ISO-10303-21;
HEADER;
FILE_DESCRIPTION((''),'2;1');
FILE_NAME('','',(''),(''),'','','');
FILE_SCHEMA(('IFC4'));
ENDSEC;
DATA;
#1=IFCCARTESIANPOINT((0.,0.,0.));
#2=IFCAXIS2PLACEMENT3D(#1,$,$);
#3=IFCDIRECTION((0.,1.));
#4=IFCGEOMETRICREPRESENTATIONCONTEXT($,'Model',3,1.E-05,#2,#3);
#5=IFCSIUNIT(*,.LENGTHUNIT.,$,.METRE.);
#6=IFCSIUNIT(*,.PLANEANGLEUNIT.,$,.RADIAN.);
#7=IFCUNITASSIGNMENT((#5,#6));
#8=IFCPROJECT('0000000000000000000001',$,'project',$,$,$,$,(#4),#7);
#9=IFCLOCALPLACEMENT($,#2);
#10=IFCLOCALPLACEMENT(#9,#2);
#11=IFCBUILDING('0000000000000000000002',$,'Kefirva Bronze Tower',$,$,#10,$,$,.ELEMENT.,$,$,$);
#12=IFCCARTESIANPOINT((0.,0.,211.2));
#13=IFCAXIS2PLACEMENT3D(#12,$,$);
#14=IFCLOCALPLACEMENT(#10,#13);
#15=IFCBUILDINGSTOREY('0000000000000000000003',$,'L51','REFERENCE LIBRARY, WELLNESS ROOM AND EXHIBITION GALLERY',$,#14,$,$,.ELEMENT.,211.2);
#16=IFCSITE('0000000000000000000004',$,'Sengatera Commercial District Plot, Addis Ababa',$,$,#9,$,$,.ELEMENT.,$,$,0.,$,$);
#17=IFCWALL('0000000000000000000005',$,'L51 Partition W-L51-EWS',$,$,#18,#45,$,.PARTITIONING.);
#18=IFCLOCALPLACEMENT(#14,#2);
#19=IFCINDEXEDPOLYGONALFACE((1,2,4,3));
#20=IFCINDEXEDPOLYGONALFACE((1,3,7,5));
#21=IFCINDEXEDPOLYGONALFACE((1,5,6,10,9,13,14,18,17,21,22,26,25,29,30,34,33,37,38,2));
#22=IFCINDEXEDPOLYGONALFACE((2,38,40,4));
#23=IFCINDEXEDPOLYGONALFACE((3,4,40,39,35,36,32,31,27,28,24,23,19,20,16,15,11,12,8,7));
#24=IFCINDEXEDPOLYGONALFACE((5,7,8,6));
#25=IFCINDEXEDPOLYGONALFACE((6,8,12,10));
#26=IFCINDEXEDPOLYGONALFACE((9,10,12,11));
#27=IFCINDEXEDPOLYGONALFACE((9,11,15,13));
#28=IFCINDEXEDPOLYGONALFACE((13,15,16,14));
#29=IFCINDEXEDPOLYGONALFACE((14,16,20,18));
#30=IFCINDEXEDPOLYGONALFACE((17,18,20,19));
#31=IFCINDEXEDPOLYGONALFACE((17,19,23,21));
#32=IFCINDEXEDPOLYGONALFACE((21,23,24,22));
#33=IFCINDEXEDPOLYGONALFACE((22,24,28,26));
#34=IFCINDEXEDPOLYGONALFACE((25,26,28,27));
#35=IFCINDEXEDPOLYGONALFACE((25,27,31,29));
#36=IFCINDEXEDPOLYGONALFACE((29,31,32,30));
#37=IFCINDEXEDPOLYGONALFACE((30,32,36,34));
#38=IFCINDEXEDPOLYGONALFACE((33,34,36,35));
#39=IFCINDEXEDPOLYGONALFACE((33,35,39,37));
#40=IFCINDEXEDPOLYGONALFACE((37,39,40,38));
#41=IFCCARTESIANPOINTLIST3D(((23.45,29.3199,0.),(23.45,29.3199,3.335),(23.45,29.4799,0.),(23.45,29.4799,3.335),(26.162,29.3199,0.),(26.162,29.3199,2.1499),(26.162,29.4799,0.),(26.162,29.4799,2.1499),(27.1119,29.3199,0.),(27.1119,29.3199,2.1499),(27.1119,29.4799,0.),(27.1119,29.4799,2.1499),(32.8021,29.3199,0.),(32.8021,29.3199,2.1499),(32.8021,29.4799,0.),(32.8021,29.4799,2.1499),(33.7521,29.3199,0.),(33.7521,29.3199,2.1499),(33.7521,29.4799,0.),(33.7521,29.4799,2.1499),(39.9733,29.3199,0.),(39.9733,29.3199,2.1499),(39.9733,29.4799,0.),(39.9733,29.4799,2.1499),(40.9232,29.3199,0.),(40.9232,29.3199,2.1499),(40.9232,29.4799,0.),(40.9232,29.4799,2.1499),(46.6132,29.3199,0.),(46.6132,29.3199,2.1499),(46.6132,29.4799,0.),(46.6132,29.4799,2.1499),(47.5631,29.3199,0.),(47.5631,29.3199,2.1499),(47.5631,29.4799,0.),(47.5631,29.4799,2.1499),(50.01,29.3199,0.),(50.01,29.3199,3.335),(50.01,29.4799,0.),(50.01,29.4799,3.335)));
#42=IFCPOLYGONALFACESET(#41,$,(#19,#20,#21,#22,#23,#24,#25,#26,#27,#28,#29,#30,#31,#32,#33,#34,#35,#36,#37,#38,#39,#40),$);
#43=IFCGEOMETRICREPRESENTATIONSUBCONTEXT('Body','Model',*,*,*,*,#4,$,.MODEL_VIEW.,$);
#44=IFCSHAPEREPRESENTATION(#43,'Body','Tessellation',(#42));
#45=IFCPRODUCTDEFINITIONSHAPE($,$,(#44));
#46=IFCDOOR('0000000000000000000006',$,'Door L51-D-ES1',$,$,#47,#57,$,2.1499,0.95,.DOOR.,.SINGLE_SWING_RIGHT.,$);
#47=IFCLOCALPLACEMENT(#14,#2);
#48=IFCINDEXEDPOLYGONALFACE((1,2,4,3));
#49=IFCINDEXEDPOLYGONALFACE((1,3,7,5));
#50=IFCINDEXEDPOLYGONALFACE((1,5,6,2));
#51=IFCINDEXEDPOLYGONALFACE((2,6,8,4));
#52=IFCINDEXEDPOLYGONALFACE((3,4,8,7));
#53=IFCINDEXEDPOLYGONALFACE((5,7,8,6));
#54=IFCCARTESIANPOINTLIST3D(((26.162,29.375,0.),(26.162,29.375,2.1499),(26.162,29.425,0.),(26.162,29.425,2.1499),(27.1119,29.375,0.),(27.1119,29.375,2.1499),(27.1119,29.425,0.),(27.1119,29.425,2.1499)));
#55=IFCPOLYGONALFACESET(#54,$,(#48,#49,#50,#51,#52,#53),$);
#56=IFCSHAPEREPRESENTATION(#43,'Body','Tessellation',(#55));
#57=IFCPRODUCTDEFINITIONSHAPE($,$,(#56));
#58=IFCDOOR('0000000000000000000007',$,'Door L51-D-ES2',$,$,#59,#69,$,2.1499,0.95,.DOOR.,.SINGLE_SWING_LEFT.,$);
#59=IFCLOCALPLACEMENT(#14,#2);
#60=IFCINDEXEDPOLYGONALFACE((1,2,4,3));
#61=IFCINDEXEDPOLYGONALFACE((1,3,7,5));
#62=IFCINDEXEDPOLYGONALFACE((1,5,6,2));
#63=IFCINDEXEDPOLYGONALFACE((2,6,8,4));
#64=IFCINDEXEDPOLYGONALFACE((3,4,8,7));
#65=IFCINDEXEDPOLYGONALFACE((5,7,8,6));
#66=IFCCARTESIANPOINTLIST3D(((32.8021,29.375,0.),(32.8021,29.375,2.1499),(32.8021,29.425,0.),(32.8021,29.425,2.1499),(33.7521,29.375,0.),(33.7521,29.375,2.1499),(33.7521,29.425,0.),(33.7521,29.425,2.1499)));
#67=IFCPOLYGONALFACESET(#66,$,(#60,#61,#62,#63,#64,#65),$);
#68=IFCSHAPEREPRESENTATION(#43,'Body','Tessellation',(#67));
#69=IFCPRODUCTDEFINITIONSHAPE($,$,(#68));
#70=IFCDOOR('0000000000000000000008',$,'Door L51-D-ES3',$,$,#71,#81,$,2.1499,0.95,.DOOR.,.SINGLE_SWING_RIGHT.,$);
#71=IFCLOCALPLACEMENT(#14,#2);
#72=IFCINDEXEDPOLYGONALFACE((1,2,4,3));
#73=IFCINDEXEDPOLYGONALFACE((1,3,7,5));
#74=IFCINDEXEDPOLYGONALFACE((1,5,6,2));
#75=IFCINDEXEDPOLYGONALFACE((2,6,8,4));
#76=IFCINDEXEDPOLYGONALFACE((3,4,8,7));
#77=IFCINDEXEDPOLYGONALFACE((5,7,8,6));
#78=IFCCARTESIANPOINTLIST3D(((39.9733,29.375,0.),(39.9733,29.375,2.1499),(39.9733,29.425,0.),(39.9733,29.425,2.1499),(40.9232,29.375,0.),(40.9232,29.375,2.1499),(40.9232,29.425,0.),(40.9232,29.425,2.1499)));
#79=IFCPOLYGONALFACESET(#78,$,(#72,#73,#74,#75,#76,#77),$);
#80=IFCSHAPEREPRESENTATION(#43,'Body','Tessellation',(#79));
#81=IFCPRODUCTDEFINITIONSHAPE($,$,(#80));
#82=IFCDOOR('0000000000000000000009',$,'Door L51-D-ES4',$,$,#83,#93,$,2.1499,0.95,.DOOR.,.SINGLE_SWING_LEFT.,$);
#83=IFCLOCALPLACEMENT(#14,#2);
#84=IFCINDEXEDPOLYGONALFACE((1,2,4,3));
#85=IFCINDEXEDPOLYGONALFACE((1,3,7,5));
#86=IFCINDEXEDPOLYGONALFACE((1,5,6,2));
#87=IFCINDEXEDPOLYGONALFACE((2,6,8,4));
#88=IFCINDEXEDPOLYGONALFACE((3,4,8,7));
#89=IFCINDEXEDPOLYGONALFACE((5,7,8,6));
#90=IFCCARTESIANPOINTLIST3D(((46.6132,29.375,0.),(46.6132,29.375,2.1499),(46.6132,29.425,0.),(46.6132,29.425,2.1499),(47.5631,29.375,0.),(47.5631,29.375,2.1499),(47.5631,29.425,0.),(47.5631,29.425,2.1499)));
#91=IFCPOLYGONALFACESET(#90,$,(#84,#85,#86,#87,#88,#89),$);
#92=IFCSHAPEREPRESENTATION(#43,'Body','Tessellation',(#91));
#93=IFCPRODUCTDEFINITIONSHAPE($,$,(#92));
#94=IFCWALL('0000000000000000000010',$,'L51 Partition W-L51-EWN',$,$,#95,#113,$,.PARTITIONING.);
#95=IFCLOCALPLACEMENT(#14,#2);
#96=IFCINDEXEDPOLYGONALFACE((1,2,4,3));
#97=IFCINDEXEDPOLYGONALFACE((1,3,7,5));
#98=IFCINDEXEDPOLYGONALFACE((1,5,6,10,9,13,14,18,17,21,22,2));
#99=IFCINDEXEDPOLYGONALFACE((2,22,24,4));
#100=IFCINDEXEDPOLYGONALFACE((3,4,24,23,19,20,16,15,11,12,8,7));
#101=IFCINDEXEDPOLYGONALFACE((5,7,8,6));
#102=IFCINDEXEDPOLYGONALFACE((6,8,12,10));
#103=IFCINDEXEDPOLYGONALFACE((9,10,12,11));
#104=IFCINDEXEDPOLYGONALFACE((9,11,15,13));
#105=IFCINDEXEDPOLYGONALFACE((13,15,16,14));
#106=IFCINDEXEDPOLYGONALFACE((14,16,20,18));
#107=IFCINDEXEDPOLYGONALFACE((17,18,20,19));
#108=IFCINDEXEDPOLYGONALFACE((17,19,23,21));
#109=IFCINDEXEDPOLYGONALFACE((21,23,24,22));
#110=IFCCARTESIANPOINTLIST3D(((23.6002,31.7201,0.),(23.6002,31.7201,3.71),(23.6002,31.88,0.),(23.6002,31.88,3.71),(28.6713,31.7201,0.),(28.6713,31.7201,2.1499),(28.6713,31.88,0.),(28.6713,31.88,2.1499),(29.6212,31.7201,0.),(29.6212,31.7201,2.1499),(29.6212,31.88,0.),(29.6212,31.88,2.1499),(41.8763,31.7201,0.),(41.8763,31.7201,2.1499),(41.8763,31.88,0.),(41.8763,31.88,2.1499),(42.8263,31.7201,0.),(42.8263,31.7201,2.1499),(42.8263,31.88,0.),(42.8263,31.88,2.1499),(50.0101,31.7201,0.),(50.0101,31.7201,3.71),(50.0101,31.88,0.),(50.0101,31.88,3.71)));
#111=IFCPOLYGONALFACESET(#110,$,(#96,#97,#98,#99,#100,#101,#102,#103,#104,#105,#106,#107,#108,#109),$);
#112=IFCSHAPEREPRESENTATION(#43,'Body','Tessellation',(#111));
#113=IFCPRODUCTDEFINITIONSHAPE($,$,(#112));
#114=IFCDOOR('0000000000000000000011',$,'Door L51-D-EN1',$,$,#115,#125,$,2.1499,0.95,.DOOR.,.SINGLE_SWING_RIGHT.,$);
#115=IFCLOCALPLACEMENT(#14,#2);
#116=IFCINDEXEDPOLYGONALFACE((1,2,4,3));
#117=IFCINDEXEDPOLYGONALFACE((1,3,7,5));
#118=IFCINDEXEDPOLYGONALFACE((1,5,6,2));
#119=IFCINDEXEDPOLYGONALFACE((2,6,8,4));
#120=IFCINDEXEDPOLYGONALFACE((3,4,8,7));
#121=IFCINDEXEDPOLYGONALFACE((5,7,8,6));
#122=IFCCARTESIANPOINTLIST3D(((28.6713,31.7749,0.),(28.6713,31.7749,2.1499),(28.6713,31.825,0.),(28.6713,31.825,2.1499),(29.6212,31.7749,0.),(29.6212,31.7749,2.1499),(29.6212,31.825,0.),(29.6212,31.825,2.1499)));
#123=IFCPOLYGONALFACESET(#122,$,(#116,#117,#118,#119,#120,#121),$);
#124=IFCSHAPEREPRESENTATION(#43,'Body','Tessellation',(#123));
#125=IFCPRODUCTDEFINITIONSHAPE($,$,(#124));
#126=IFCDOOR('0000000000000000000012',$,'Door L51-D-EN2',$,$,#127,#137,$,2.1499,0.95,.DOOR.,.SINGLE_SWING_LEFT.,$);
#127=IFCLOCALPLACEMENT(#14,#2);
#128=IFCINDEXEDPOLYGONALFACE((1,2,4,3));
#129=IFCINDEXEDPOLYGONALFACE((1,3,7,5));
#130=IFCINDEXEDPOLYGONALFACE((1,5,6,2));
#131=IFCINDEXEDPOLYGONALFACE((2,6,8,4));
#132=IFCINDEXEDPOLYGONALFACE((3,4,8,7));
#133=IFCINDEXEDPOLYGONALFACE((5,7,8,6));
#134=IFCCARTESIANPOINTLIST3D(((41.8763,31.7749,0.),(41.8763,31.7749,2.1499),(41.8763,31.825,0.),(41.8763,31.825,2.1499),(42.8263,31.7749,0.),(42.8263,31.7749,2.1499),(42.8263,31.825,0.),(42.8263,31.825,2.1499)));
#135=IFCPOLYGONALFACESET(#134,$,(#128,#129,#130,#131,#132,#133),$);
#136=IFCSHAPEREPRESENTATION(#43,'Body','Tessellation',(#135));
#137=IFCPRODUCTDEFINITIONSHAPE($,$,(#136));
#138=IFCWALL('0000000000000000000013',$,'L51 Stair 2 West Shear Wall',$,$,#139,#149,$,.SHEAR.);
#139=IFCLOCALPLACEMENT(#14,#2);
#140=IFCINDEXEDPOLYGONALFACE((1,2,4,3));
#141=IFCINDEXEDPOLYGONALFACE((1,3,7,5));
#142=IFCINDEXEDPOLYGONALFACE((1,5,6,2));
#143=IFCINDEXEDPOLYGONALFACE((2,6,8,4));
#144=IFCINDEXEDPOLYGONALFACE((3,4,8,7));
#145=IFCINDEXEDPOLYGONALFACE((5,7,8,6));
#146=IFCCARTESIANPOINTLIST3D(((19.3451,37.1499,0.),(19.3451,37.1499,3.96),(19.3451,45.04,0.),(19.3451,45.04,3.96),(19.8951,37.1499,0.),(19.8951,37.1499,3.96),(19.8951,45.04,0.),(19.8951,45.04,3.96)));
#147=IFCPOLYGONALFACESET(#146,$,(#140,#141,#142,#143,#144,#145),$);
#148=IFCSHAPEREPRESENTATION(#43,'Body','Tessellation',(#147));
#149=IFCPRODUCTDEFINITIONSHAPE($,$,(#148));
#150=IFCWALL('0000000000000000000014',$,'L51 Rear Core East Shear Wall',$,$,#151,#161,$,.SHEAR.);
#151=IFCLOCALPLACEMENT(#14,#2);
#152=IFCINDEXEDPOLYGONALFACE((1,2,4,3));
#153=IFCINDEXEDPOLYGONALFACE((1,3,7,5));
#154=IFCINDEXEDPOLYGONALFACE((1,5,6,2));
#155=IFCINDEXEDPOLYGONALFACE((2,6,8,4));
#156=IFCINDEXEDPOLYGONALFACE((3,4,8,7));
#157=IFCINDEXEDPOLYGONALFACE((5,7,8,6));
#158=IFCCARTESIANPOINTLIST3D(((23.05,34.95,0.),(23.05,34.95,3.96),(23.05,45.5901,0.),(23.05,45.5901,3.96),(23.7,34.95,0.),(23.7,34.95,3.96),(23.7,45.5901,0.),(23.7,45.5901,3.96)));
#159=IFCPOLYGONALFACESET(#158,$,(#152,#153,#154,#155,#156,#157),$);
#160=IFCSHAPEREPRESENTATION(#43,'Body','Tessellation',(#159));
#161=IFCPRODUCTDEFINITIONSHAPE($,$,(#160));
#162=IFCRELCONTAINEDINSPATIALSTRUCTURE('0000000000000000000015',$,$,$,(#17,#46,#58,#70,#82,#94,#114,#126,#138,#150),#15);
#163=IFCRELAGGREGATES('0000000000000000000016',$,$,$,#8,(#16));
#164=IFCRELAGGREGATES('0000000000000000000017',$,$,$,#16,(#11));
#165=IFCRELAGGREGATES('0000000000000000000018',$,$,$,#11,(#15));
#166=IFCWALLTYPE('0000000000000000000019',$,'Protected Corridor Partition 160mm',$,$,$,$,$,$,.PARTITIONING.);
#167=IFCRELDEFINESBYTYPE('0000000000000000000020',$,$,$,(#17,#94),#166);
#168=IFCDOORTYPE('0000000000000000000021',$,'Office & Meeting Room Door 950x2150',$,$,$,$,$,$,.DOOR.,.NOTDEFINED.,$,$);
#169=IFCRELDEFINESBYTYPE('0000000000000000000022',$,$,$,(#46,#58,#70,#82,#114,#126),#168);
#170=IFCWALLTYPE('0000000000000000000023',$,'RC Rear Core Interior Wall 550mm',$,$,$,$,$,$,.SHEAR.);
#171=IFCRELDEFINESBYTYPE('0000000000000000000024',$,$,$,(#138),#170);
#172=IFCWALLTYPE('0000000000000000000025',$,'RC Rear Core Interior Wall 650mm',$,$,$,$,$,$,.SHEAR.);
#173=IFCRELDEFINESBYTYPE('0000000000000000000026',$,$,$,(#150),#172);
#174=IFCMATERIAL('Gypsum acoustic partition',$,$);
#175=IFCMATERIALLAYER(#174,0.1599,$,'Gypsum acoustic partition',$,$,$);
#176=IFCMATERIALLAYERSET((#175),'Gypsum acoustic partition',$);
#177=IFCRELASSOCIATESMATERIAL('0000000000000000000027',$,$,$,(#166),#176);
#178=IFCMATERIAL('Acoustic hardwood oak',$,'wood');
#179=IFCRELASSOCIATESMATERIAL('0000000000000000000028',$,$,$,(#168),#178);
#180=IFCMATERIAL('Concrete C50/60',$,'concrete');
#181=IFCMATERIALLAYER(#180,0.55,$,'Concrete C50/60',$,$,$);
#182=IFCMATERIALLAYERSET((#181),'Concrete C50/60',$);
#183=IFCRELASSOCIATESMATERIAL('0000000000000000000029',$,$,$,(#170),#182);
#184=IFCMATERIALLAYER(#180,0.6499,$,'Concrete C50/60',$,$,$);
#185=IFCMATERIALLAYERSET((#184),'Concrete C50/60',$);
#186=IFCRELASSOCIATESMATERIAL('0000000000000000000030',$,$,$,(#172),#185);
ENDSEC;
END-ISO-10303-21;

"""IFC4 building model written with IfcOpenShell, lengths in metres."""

from ifc_helpers import new_model, si_unit, direction, frame, frame_2d, origin, place, context, subcontext, project, spatial, rectangle, extrude, material, layer, layer_set, type_object, element, fill, save


model = new_model("IFC4")

# Units and contexts
model_context = context("Model", 3, precision=1e-05, world=origin(), true_north=direction((0.0, 1.0)))
body_context = subcontext(model_context, "Body", "Model", "MODEL_VIEW")
ifc_project = project(units=[si_unit("LENGTHUNIT", "METRE"), si_unit("PLANEANGLEUNIT", "RADIAN")], contexts=[model_context])

# Site, building, storey
site_placement = place(None, origin())
site = spatial("IfcSite", under=ifc_project, at=site_placement, Name="Sengatera Commercial District Plot, Addis Ababa", CompositionType="ELEMENT", RefElevation=0.0)
building_placement = place(site_placement, origin())
building = spatial("IfcBuilding", under=site, at=building_placement, Name="Kefirva Bronze Tower", CompositionType="ELEMENT")
storey_placement = place(building_placement, frame((0.0, 0.0, 211.2)))
storey = spatial("IfcBuildingStorey", under=building, at=storey_placement, Name="L51", Description="REFERENCE LIBRARY, WELLNESS ROOM AND EXHIBITION GALLERY", CompositionType="ELEMENT", Elevation=211.2)

# Shared definitions
ifc_material_1 = material(Name="Concrete C50/60", Category="concrete")

# Walls, openings, doors
ifc_material_2 = material(Name="Gypsum acoustic partition")
ifc_layer_1 = layer(ifc_material_2, 0.1599, Name="Gypsum acoustic partition")
ifc_layer_set_1 = layer_set([ifc_layer_1], Name="Gypsum acoustic partition")
wall_type_1 = type_object("IfcWallType", Name="Protected Corridor Partition 160mm", PredefinedType="PARTITIONING", material=ifc_layer_set_1)
wall_1_placement = place(storey_placement, frame((23.45, 29.3999, 0.0), z_axis=(0.0, 0.0, 1.0), x_axis=(1.0, 0.0, 0.0)))
wall_1 = element("IfcWall", 1, at=wall_1_placement, inside=storey, type_object=wall_type_1, Name="L51 Partition W-L51-EWS", PredefinedType="PARTITIONING", context=body_context, shape_type="SweptSolid", body=[
    extrude(rectangle(XDim=26.5601, YDim=0.1599, at=frame_2d((13.28, 0.0))), origin(), (0.0, 0.0, 1.0), 3.335),
])
opening_1_placement = place(wall_1_placement, frame((3.6621, 0.0, 0.0), z_axis=(0.0, 0.0, 1.0), x_axis=(-1.0, 0.0, 0.0)))
opening_1 = element("IfcOpeningElement", 2, at=opening_1_placement, cuts=wall_1, PredefinedType="OPENING", context=body_context, shape_type="SweptSolid", body=[
    extrude(rectangle(XDim=0.95, YDim=2.1499, at=frame_2d((0.4751, 1.075))), frame((0.0, 0.0898, 0.0), z_axis=(0.0, -1.0, 0.0), x_axis=(1.0, 0.0, 0.0)), (0.0, 0.0, 1.0), 0.1799),
])
opening_2_placement = place(wall_1_placement, frame((10.3022, 0.0, 0.0), z_axis=(0.0, 0.0, 1.0), x_axis=(-1.0, 0.0, 0.0)))
opening_2 = element("IfcOpeningElement", 3, at=opening_2_placement, cuts=wall_1, PredefinedType="OPENING", context=body_context, shape_type="SweptSolid", body=[
    extrude(rectangle(XDim=0.95, YDim=2.1499, at=frame_2d((0.4751, 1.075))), frame((0.0, 0.0898, 0.0), z_axis=(0.0, -1.0, 0.0), x_axis=(1.0, 0.0, 0.0)), (0.0, 0.0, 1.0), 0.1799),
])
opening_3_placement = place(wall_1_placement, frame((17.4734, 0.0, 0.0), z_axis=(0.0, 0.0, 1.0), x_axis=(-1.0, 0.0, 0.0)))
opening_3 = element("IfcOpeningElement", 4, at=opening_3_placement, cuts=wall_1, PredefinedType="OPENING", context=body_context, shape_type="SweptSolid", body=[
    extrude(rectangle(XDim=0.95, YDim=2.1499, at=frame_2d((0.4751, 1.075))), frame((0.0, 0.0898, 0.0), z_axis=(0.0, -1.0, 0.0), x_axis=(1.0, 0.0, 0.0)), (0.0, 0.0, 1.0), 0.1799),
])
opening_4_placement = place(wall_1_placement, frame((24.1133, 0.0, 0.0), z_axis=(0.0, 0.0, 1.0), x_axis=(-1.0, 0.0, 0.0)))
opening_4 = element("IfcOpeningElement", 5, at=opening_4_placement, cuts=wall_1, PredefinedType="OPENING", context=body_context, shape_type="SweptSolid", body=[
    extrude(rectangle(XDim=0.95, YDim=2.1499, at=frame_2d((0.4751, 1.075))), frame((0.0, 0.0898, 0.0), z_axis=(0.0, -1.0, 0.0), x_axis=(1.0, 0.0, 0.0)), (0.0, 0.0, 1.0), 0.1799),
])
ifc_material_3 = material(Name="Acoustic hardwood oak", Category="wood")
door_type_1 = type_object("IfcDoorType", Name="Office & Meeting Room Door 950x2150", OperationType="NOTDEFINED", PredefinedType="DOOR", material=ifc_material_3)
door_1_placement = place(opening_1_placement, origin())
door_1 = element("IfcDoor", 6, at=door_1_placement, inside=storey, type_object=door_type_1, Name="Door L51-D-ES1", OperationType="SINGLE_SWING_RIGHT", OverallHeight=2.1499, OverallWidth=0.95, PredefinedType="DOOR", context=body_context, shape_type="SweptSolid", body=[
    extrude(rectangle(XDim=0.95, YDim=2.1499, at=frame_2d((0.4751, 1.075))), frame((0.0, 0.0249, 0.0), z_axis=(0.0, -1.0, 0.0), x_axis=(1.0, 0.0, 0.0)), (0.0, 0.0, 1.0), 0.05),
])
fill(opening_1, door_1)
door_2_placement = place(opening_2_placement, origin())
door_2 = element("IfcDoor", 7, at=door_2_placement, inside=storey, type_object=door_type_1, Name="Door L51-D-ES2", OperationType="SINGLE_SWING_LEFT", OverallHeight=2.1499, OverallWidth=0.95, PredefinedType="DOOR", context=body_context, shape_type="SweptSolid", body=[
    extrude(rectangle(XDim=0.95, YDim=2.1499, at=frame_2d((0.4751, 1.075))), frame((0.0, 0.0249, 0.0), z_axis=(0.0, -1.0, 0.0), x_axis=(1.0, 0.0, 0.0)), (0.0, 0.0, 1.0), 0.05),
])
fill(opening_2, door_2)
door_3_placement = place(opening_3_placement, origin())
door_3 = element("IfcDoor", 8, at=door_3_placement, inside=storey, type_object=door_type_1, Name="Door L51-D-ES3", OperationType="SINGLE_SWING_RIGHT", OverallHeight=2.1499, OverallWidth=0.95, PredefinedType="DOOR", context=body_context, shape_type="SweptSolid", body=[
    extrude(rectangle(XDim=0.95, YDim=2.1499, at=frame_2d((0.4751, 1.075))), frame((0.0, 0.0249, 0.0), z_axis=(0.0, -1.0, 0.0), x_axis=(1.0, 0.0, 0.0)), (0.0, 0.0, 1.0), 0.05),
])
fill(opening_3, door_3)
door_4_placement = place(opening_4_placement, origin())
door_4 = element("IfcDoor", 9, at=door_4_placement, inside=storey, type_object=door_type_1, Name="Door L51-D-ES4", OperationType="SINGLE_SWING_LEFT", OverallHeight=2.1499, OverallWidth=0.95, PredefinedType="DOOR", context=body_context, shape_type="SweptSolid", body=[
    extrude(rectangle(XDim=0.95, YDim=2.1499, at=frame_2d((0.4751, 1.075))), frame((0.0, 0.0249, 0.0), z_axis=(0.0, -1.0, 0.0), x_axis=(1.0, 0.0, 0.0)), (0.0, 0.0, 1.0), 0.05),
])
fill(opening_4, door_4)
wall_2_placement = place(storey_placement, frame((23.6001, 31.8, 0.0), z_axis=(0.0, 0.0, 1.0), x_axis=(1.0, 0.0, 0.0)))
wall_2 = element("IfcWall", 10, at=wall_2_placement, inside=storey, type_object=wall_type_1, Name="L51 Partition W-L51-EWN", PredefinedType="PARTITIONING", context=body_context, shape_type="SweptSolid", body=[
    extrude(rectangle(XDim=26.4099, YDim=0.1599, at=frame_2d((13.2051, 0.0))), origin(), (0.0, 0.0, 1.0), 3.71),
])
opening_5_placement = place(wall_2_placement, frame((5.071, 0.0, 0.0)))
opening_5 = element("IfcOpeningElement", 11, at=opening_5_placement, cuts=wall_2, PredefinedType="OPENING", context=body_context, shape_type="SweptSolid", body=[
    extrude(rectangle(XDim=0.95, YDim=2.1499, at=frame_2d((0.4751, 1.075))), frame((0.0, 0.0898, 0.0), z_axis=(0.0, -1.0, 0.0), x_axis=(1.0, 0.0, 0.0)), (0.0, 0.0, 1.0), 0.1799),
])
opening_6_placement = place(wall_2_placement, frame((18.2761, 0.0, 0.0)))
opening_6 = element("IfcOpeningElement", 12, at=opening_6_placement, cuts=wall_2, PredefinedType="OPENING", context=body_context, shape_type="SweptSolid", body=[
    extrude(rectangle(XDim=0.95, YDim=2.1499, at=frame_2d((0.4751, 1.075))), frame((0.0, 0.0898, 0.0), z_axis=(0.0, -1.0, 0.0), x_axis=(1.0, 0.0, 0.0)), (0.0, 0.0, 1.0), 0.1799),
])
door_5_placement = place(opening_5_placement, origin())
door_5 = element("IfcDoor", 13, at=door_5_placement, inside=storey, type_object=door_type_1, Name="Door L51-D-EN1", OperationType="SINGLE_SWING_RIGHT", OverallHeight=2.1499, OverallWidth=0.95, PredefinedType="DOOR", context=body_context, shape_type="SweptSolid", body=[
    extrude(rectangle(XDim=0.95, YDim=2.1499, at=frame_2d((0.4751, 1.075))), frame((0.0, 0.0249, 0.0), z_axis=(0.0, -1.0, 0.0), x_axis=(1.0, 0.0, 0.0)), (0.0, 0.0, 1.0), 0.05),
])
fill(opening_5, door_5)
door_6_placement = place(opening_6_placement, origin())
door_6 = element("IfcDoor", 14, at=door_6_placement, inside=storey, type_object=door_type_1, Name="Door L51-D-EN2", OperationType="SINGLE_SWING_LEFT", OverallHeight=2.1499, OverallWidth=0.95, PredefinedType="DOOR", context=body_context, shape_type="SweptSolid", body=[
    extrude(rectangle(XDim=0.95, YDim=2.1499, at=frame_2d((0.4751, 1.075))), frame((0.0, 0.0249, 0.0), z_axis=(0.0, -1.0, 0.0), x_axis=(1.0, 0.0, 0.0)), (0.0, 0.0, 1.0), 0.05),
])
fill(opening_6, door_6)

# Walls
ifc_layer_2 = layer(ifc_material_1, 0.55, Name="Concrete C50/60")
ifc_layer_set_2 = layer_set([ifc_layer_2], Name="Concrete C50/60")
wall_type_2 = type_object("IfcWallType", Name="RC Rear Core Interior Wall 550mm", PredefinedType="SHEAR", material=ifc_layer_set_2)
wall_3_placement = place(storey_placement, frame((19.6201, 37.1499, 0.0), z_axis=(0.0, 0.0, 1.0), x_axis=(0.0, 1.0, 0.0)))
element("IfcWall", 15, at=wall_3_placement, inside=storey, type_object=wall_type_2, Name="L51 Stair 2 West Shear Wall", PredefinedType="SHEAR", context=body_context, shape_type="SweptSolid", body=[
    extrude(rectangle(XDim=7.8901, YDim=0.55, at=frame_2d((3.9451, 0.0))), origin(), (0.0, 0.0, 1.0), 3.96),
])
ifc_layer_3 = layer(ifc_material_1, 0.6499, Name="Concrete C50/60")
ifc_layer_set_3 = layer_set([ifc_layer_3], Name="Concrete C50/60")
wall_type_3 = type_object("IfcWallType", Name="RC Rear Core Interior Wall 650mm", PredefinedType="SHEAR", material=ifc_layer_set_3)
wall_4_placement = place(storey_placement, frame((23.375, 34.95, 0.0), z_axis=(0.0, 0.0, 1.0), x_axis=(0.0, 1.0, 0.0)))
element("IfcWall", 16, at=wall_4_placement, inside=storey, type_object=wall_type_3, Name="L51 Rear Core East Shear Wall", PredefinedType="SHEAR", context=body_context, shape_type="SweptSolid", body=[
    extrude(rectangle(XDim=10.6401, YDim=0.6499, at=frame_2d((5.3201, 0.0))), origin(), (0.0, 0.0, 1.0), 3.96),
])

save(model, "model.ifc")
